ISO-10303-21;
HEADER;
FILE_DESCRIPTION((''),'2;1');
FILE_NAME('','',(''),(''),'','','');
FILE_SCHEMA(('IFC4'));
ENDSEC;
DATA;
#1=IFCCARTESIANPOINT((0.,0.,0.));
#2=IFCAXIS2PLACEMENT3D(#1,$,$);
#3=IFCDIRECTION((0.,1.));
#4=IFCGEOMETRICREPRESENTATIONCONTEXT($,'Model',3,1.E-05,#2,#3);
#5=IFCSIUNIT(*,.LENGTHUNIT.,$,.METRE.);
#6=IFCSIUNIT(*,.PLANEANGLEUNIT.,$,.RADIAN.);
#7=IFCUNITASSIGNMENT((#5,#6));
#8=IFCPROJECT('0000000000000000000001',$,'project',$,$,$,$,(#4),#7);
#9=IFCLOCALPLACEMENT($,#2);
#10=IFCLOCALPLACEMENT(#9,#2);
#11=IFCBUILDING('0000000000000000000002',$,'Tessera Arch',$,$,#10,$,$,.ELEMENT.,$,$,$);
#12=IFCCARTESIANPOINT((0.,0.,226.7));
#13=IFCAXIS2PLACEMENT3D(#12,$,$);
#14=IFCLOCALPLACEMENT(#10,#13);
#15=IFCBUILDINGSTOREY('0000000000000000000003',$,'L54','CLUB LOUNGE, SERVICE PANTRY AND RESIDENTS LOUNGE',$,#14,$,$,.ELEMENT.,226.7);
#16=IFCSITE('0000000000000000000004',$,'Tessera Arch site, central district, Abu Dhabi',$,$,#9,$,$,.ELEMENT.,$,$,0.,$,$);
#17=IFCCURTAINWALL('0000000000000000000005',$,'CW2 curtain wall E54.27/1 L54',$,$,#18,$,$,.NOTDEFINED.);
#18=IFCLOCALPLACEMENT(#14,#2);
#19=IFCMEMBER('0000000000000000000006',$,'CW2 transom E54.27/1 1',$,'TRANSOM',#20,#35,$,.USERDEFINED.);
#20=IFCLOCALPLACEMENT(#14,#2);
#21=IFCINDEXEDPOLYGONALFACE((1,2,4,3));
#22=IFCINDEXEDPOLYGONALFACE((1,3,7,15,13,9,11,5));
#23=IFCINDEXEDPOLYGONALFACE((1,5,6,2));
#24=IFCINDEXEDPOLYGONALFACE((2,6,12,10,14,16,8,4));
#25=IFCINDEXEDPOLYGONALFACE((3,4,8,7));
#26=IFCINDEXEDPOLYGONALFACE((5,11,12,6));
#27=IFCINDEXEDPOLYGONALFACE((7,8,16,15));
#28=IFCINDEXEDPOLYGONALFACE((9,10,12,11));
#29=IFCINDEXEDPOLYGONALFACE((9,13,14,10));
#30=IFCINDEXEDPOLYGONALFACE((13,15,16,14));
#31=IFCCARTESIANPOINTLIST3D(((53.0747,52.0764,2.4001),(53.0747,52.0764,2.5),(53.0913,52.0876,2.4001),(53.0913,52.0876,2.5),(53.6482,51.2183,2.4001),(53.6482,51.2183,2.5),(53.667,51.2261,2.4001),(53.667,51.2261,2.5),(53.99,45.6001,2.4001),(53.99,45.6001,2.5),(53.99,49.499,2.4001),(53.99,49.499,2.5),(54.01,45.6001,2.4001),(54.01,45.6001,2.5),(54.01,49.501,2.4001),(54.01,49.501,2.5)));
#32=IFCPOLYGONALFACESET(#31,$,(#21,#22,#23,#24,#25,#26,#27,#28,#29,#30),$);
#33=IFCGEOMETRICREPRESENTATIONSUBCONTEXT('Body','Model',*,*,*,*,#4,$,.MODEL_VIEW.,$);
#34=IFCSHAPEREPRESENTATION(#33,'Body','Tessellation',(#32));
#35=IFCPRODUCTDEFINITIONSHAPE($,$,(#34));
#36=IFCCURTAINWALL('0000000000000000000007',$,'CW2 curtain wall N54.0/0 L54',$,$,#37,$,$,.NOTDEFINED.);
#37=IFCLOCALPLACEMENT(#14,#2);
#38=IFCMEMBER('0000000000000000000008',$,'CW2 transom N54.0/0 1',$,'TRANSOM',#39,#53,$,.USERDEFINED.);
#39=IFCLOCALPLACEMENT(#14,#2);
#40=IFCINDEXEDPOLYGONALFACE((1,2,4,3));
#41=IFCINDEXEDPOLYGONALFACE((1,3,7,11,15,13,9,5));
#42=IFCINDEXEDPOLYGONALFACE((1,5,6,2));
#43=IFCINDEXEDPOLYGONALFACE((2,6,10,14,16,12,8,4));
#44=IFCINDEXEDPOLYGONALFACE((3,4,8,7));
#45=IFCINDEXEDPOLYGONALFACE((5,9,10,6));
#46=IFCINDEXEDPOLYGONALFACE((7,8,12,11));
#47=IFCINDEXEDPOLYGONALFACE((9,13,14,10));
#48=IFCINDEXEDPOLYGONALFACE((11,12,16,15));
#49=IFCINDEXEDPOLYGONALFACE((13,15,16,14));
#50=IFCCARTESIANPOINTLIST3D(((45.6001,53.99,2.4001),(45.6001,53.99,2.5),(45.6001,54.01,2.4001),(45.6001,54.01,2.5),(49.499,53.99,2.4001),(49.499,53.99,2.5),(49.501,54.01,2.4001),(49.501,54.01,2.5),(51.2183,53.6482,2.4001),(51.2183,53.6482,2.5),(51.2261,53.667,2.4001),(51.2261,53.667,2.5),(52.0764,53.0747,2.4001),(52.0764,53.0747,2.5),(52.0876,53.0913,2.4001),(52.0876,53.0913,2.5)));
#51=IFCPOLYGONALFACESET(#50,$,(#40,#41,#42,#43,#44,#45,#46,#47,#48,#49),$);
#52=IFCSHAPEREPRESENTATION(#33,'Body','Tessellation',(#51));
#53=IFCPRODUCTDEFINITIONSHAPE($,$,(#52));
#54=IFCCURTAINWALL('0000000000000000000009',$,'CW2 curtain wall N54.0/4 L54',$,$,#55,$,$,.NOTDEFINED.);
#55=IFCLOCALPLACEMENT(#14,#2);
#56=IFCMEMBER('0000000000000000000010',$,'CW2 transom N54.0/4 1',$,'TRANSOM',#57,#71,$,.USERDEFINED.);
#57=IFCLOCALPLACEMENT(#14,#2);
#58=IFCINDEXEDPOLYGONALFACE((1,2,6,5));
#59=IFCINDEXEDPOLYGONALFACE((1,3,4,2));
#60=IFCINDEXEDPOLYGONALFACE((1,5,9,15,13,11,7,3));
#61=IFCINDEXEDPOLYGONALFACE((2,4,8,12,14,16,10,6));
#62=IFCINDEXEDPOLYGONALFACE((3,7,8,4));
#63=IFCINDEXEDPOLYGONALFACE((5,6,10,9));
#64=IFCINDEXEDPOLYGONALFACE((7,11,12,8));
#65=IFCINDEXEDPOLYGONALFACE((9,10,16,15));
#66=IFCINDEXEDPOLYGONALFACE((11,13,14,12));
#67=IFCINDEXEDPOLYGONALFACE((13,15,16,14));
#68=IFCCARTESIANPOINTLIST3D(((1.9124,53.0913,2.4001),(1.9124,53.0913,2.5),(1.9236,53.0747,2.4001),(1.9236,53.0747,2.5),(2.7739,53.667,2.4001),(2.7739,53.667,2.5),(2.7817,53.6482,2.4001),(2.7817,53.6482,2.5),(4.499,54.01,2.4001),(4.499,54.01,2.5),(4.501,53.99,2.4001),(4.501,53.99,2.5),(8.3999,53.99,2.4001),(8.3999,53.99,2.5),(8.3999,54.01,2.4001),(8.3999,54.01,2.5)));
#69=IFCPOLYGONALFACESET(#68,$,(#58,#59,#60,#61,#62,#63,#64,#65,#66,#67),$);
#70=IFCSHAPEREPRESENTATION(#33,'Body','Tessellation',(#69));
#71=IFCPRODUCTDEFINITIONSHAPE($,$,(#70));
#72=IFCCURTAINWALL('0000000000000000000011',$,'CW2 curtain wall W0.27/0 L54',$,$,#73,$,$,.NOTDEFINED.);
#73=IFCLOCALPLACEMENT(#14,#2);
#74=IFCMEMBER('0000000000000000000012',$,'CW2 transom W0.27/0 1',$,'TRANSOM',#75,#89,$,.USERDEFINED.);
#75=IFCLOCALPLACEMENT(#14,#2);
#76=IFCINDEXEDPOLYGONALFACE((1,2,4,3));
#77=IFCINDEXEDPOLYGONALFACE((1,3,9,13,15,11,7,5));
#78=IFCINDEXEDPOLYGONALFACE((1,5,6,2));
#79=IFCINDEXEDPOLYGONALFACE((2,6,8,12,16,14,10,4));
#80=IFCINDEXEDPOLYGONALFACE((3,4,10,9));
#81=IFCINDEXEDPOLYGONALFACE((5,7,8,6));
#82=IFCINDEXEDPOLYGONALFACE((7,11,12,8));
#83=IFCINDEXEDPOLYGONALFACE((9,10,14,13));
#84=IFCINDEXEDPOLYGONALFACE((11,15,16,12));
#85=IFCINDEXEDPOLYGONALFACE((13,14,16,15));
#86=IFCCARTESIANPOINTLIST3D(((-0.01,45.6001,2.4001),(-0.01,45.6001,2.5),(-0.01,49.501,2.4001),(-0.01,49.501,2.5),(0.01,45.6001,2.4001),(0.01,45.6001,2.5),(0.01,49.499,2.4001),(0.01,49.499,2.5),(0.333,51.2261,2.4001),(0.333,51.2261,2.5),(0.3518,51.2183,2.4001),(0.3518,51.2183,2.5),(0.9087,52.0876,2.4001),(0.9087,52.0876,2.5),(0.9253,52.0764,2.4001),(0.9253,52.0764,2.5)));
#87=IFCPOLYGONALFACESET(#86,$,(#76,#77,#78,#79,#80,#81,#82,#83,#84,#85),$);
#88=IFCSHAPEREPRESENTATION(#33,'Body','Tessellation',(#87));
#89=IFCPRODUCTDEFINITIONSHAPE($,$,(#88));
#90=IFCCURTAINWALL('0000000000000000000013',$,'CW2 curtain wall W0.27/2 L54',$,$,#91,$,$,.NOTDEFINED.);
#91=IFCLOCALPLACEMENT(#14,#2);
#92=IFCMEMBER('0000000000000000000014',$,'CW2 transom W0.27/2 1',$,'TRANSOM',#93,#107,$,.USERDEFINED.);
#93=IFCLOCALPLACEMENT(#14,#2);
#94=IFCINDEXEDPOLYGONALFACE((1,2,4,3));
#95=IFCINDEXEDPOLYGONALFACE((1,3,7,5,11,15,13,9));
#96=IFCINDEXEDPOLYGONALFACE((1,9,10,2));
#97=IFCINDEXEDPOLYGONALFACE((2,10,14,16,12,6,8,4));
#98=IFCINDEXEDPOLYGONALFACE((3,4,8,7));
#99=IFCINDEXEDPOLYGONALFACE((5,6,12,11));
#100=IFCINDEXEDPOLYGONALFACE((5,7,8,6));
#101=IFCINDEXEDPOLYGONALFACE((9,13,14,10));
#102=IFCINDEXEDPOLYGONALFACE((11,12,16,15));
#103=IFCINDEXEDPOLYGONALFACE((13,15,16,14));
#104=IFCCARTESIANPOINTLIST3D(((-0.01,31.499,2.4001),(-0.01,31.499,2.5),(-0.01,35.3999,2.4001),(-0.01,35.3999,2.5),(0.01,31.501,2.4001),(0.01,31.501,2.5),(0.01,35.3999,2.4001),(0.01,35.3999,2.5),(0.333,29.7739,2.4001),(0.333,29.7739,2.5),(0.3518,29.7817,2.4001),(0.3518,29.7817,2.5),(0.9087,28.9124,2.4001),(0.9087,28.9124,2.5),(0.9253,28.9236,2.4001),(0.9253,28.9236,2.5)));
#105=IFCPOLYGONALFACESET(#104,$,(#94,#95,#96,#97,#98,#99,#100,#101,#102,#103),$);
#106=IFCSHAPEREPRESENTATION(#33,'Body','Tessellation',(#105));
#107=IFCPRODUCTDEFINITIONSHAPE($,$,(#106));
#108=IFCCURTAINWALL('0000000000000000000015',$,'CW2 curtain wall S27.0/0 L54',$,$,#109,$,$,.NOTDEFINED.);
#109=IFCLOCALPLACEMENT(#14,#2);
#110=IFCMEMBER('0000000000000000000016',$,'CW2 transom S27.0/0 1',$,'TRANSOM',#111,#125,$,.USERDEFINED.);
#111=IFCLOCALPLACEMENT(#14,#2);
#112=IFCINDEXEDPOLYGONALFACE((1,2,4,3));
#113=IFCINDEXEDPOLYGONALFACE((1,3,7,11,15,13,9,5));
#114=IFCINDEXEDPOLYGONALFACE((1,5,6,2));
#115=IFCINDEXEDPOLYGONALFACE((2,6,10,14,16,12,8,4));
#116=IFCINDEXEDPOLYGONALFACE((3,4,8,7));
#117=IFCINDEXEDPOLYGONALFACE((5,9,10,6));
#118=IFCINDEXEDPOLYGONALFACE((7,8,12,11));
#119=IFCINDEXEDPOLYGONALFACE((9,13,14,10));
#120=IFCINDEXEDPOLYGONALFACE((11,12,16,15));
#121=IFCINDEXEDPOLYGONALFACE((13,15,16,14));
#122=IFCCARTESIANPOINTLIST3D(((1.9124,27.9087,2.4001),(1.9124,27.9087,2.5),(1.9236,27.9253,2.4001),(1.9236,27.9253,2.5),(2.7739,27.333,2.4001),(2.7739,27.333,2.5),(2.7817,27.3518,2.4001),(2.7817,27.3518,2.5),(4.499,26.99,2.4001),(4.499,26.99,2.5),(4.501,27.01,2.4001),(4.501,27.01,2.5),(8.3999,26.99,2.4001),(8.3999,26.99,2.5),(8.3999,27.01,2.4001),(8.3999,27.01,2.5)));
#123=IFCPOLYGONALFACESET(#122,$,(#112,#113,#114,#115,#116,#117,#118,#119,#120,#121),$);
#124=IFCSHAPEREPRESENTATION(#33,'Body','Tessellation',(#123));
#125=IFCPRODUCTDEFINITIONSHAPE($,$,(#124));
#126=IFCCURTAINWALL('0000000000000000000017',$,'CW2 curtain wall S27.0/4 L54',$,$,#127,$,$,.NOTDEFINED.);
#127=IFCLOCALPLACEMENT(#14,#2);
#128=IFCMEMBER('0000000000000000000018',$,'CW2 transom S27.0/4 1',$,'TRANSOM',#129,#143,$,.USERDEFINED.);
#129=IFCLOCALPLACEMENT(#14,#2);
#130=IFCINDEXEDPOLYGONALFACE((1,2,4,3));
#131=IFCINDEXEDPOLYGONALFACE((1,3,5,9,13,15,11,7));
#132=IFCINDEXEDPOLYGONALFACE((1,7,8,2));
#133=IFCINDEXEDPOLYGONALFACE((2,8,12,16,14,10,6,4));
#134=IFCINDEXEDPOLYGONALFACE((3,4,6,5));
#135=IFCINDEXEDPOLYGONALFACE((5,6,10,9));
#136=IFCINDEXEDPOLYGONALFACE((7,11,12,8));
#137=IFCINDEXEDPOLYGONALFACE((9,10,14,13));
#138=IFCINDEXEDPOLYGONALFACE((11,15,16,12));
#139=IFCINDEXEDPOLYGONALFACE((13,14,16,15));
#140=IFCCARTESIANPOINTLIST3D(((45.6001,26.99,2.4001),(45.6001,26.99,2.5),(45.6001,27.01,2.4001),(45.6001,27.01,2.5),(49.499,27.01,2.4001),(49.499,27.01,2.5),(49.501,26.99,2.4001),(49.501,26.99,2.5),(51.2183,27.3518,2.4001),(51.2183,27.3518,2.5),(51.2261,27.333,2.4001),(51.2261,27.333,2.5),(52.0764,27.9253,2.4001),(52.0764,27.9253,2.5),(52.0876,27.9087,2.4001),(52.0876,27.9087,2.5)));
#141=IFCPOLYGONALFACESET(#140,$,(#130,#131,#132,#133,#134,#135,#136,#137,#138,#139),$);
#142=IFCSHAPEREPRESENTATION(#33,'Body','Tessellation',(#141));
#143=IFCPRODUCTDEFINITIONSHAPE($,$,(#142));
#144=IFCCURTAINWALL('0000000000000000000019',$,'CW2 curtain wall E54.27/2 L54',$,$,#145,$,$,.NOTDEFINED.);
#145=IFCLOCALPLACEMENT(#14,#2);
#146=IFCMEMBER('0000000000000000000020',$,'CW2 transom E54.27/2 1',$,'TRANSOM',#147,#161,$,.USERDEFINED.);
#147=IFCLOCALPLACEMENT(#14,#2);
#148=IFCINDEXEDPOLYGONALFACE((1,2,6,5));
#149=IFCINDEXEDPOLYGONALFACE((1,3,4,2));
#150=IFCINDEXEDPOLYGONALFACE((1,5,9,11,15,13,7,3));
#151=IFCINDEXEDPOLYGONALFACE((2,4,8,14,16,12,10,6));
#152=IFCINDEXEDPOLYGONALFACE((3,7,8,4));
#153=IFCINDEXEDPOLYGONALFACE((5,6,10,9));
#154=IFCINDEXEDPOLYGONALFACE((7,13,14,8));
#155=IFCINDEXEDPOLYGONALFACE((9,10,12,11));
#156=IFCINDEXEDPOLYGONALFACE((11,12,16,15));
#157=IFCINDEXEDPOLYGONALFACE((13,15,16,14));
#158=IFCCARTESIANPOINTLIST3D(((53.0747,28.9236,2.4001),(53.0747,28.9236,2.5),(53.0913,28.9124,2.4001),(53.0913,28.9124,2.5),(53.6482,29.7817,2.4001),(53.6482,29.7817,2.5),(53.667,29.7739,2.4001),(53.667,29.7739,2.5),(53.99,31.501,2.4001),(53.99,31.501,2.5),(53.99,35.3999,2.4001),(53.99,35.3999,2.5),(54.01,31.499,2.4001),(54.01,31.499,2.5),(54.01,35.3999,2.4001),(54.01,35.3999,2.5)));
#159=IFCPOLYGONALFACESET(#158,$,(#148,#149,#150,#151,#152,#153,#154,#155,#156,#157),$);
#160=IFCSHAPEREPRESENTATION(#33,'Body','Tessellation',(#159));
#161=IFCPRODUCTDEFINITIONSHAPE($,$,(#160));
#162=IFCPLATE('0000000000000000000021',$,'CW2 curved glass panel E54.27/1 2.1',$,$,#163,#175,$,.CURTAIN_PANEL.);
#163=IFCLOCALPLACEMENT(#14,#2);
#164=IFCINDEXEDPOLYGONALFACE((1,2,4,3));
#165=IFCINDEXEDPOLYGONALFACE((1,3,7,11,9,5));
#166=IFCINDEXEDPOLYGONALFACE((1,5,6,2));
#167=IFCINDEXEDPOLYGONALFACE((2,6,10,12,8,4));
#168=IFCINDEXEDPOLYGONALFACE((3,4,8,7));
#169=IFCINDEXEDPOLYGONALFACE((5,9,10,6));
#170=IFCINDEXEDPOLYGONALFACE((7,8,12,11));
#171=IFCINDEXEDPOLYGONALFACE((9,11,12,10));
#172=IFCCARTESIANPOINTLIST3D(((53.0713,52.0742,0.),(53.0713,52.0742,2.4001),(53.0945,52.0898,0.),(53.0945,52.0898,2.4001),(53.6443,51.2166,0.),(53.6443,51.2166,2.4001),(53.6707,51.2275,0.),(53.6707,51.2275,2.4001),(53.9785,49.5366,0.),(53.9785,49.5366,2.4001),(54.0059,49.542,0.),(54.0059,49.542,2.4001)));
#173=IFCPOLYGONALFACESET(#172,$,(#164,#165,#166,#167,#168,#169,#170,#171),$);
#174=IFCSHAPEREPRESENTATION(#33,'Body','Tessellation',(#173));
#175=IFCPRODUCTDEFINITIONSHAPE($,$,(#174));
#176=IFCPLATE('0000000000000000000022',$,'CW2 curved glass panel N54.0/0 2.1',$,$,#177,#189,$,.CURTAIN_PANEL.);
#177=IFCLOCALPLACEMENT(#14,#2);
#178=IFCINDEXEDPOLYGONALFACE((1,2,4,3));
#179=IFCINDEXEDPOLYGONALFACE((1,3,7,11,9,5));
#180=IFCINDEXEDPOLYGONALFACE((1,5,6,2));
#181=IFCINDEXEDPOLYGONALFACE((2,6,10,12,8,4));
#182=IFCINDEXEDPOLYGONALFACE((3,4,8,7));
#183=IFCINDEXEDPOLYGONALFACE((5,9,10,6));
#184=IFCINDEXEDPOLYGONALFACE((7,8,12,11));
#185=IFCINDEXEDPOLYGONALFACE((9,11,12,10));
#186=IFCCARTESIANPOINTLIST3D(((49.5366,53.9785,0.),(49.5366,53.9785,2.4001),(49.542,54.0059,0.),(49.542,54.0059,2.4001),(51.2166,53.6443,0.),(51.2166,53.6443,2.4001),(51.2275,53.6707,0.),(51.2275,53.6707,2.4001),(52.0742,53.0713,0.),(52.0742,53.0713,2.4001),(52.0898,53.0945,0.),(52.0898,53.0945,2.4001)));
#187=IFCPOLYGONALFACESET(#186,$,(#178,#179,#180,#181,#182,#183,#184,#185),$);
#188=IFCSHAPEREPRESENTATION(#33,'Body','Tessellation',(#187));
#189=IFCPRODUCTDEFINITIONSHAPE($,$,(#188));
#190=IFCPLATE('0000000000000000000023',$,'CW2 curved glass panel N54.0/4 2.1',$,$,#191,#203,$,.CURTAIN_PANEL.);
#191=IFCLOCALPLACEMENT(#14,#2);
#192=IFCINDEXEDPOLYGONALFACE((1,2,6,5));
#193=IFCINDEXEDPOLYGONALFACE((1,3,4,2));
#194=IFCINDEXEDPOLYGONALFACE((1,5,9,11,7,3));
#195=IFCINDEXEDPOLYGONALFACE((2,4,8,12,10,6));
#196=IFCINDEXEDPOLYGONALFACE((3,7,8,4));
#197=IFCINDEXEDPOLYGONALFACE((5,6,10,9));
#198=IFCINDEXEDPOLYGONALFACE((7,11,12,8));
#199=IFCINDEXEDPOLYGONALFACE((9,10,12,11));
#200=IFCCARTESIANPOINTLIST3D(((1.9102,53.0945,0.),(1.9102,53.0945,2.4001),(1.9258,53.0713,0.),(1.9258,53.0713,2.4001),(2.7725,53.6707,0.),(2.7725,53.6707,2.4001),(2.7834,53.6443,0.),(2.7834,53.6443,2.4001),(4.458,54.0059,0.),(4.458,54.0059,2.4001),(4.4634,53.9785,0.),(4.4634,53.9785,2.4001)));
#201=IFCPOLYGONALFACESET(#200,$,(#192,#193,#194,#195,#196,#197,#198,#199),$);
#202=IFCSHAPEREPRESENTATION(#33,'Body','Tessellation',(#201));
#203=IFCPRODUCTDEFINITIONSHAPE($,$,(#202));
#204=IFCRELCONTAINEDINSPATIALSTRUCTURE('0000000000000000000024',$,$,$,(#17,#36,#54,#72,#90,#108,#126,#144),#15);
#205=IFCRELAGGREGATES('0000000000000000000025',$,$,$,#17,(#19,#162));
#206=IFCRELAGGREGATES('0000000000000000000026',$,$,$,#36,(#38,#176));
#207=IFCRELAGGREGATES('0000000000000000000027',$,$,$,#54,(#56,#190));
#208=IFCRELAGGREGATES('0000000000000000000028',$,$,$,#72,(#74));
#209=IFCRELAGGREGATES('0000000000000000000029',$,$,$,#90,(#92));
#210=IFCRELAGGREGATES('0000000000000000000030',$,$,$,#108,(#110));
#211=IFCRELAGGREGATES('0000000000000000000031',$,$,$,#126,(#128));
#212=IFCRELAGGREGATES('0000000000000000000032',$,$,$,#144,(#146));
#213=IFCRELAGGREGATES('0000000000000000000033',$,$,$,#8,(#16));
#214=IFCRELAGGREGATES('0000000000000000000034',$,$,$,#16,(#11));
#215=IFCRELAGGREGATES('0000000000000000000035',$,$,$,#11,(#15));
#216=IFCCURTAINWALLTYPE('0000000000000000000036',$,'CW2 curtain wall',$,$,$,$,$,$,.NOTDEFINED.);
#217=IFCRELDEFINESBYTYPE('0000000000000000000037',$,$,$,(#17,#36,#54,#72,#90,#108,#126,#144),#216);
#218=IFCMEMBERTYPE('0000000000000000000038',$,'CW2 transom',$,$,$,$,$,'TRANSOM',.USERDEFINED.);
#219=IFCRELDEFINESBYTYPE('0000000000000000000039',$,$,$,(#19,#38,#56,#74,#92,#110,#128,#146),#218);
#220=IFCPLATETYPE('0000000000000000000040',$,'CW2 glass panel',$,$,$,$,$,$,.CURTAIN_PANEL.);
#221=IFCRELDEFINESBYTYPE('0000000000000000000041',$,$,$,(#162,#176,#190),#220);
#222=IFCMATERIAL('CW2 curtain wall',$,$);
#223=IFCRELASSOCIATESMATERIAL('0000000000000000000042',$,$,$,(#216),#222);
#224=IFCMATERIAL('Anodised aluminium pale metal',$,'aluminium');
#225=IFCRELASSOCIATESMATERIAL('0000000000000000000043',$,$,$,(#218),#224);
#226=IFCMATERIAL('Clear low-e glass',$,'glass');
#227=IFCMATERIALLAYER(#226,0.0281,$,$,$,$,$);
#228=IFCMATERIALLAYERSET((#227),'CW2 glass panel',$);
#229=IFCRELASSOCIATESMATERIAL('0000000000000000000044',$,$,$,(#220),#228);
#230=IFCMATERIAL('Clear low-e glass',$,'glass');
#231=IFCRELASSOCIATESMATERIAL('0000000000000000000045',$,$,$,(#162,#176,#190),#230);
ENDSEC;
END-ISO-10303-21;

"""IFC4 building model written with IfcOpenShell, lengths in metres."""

from ifc_helpers import new_model, si_unit, direction, frame, origin, origin_2d, place, context, subcontext, project, spatial, polyline, rectangle, outline, extrude, material, layer, layer_set, material_profile, profile_set, type_object, element, aggregate, save


model = new_model("IFC4")

# Units and contexts
model_context = context("Model", 3, precision=1e-05, world=origin(), true_north=direction((0.0, 1.0)))
body_context = subcontext(model_context, "Body", "Model", "MODEL_VIEW")
ifc_project = project(units=[si_unit("LENGTHUNIT", "METRE"), si_unit("PLANEANGLEUNIT", "RADIAN")], contexts=[model_context])

# Site, building, storey
site_placement = place(None, origin())
site = spatial("IfcSite", under=ifc_project, at=site_placement, Name="Tessera Arch site, central district, Abu Dhabi", CompositionType="ELEMENT", RefElevation=0.0)
building_placement = place(site_placement, origin())
building = spatial("IfcBuilding", under=site, at=building_placement, Name="Tessera Arch", CompositionType="ELEMENT")
storey_placement = place(building_placement, frame((0.0, 0.0, 226.7)))
storey = spatial("IfcBuildingStorey", under=building, at=storey_placement, Name="L54", Description="CLUB LOUNGE, SERVICE PANTRY AND RESIDENTS LOUNGE", CompositionType="ELEMENT", Elevation=226.7)

# Curtain walls, members
ifc_material_1 = material(Name="CW2 curtain wall")
curtain_wall_type = type_object("IfcCurtainWallType", Name="CW2 curtain wall", PredefinedType="NOTDEFINED", material=ifc_material_1)
curtain_wall_1_placement = place(storey_placement, origin())
curtain_wall_1 = element("IfcCurtainWall", 1, at=curtain_wall_1_placement, inside=storey, type_object=curtain_wall_type, Name="CW2 curtain wall E54.27/1 L54", PredefinedType="NOTDEFINED")
ifc_material_2 = material(Name="Anodised aluminium pale metal", Category="aluminium")
ifc_material_profile = material_profile(ifc_material_2, rectangle(XDim=0.2, YDim=0.1001, at=origin_2d()), Name="AL 200x100")
ifc_profile_set = profile_set([ifc_material_profile], Name="Anodised aluminium pale metal")
member_type = type_object("IfcMemberType", Name="CW2 transom", ElementType="TRANSOM", PredefinedType="USERDEFINED", material=ifc_profile_set)
member_1_placement = place(storey_placement, frame((0.0, 0.0, 2.4001)))
member_1 = element("IfcMember", 2, at=member_1_placement, type_object=member_type, Name="CW2 transom E54.27/1 1", ObjectType="TRANSOM", PredefinedType="USERDEFINED", context=body_context, shape_type="SweptSolid", body=[
    extrude(outline(polyline([(53.99, 49.499), (53.99, 45.6001), (54.01, 45.6001), (54.01, 49.501), (53.667, 51.2261), (53.0913, 52.0876), (53.0747, 52.0764), (53.6482, 51.2183), (53.99, 49.499)])), origin(), (0.0, 0.0, 1.0), 0.0999),
])
curtain_wall_2_placement = place(storey_placement, origin())
curtain_wall_2 = element("IfcCurtainWall", 3, at=curtain_wall_2_placement, inside=storey, type_object=curtain_wall_type, Name="CW2 curtain wall N54.0/0 L54", PredefinedType="NOTDEFINED")
member_2_placement = place(storey_placement, frame((0.0, 0.0, 2.4001)))
member_2 = element("IfcMember", 4, at=member_2_placement, type_object=member_type, Name="CW2 transom N54.0/0 1", ObjectType="TRANSOM", PredefinedType="USERDEFINED", context=body_context, shape_type="SweptSolid", body=[
    extrude(outline(polyline([(51.2183, 53.6482), (52.0764, 53.0747), (52.0876, 53.0913), (51.2261, 53.667), (49.501, 54.01), (45.6001, 54.01), (45.6001, 53.99), (49.499, 53.99), (51.2183, 53.6482)])), origin(), (0.0, 0.0, 1.0), 0.0999),
])
curtain_wall_3_placement = place(storey_placement, origin())
curtain_wall_3 = element("IfcCurtainWall", 5, at=curtain_wall_3_placement, inside=storey, type_object=curtain_wall_type, Name="CW2 curtain wall N54.0/4 L54", PredefinedType="NOTDEFINED")
member_3_placement = place(storey_placement, frame((0.0, 0.0, 2.4001)))
member_3 = element("IfcMember", 6, at=member_3_placement, type_object=member_type, Name="CW2 transom N54.0/4 1", ObjectType="TRANSOM", PredefinedType="USERDEFINED", context=body_context, shape_type="SweptSolid", body=[
    extrude(outline(polyline([(4.501, 53.99), (8.3999, 53.99), (8.3999, 54.01), (4.499, 54.01), (2.7739, 53.667), (1.9124, 53.0913), (1.9236, 53.0747), (2.7817, 53.6482), (4.501, 53.99)])), origin(), (0.0, 0.0, 1.0), 0.0999),
])
curtain_wall_4_placement = place(storey_placement, origin())
curtain_wall_4 = element("IfcCurtainWall", 7, at=curtain_wall_4_placement, inside=storey, type_object=curtain_wall_type, Name="CW2 curtain wall W0.27/0 L54", PredefinedType="NOTDEFINED")
member_4_placement = place(storey_placement, frame((0.0, 0.0, 2.4001)))
member_4 = element("IfcMember", 8, at=member_4_placement, type_object=member_type, Name="CW2 transom W0.27/0 1", ObjectType="TRANSOM", PredefinedType="USERDEFINED", context=body_context, shape_type="SweptSolid", body=[
    extrude(outline(polyline([(0.3518, 51.2183), (0.9253, 52.0764), (0.9087, 52.0876), (0.333, 51.2261), (-0.01, 49.501), (-0.01, 45.6001), (0.01, 45.6001), (0.01, 49.499), (0.3518, 51.2183)])), origin(), (0.0, 0.0, 1.0), 0.0999),
])
curtain_wall_5_placement = place(storey_placement, origin())
curtain_wall_5 = element("IfcCurtainWall", 9, at=curtain_wall_5_placement, inside=storey, type_object=curtain_wall_type, Name="CW2 curtain wall W0.27/2 L54", PredefinedType="NOTDEFINED")
member_5_placement = place(storey_placement, frame((0.0, 0.0, 2.4001)))
member_5 = element("IfcMember", 10, at=member_5_placement, type_object=member_type, Name="CW2 transom W0.27/2 1", ObjectType="TRANSOM", PredefinedType="USERDEFINED", context=body_context, shape_type="SweptSolid", body=[
    extrude(outline(polyline([(0.01, 31.501), (0.01, 35.3999), (-0.01, 35.3999), (-0.01, 31.499), (0.333, 29.7739), (0.9087, 28.9124), (0.9253, 28.9236), (0.3518, 29.7817), (0.01, 31.501)])), origin(), (0.0, 0.0, 1.0), 0.0999),
])
curtain_wall_6_placement = place(storey_placement, origin())
curtain_wall_6 = element("IfcCurtainWall", 11, at=curtain_wall_6_placement, inside=storey, type_object=curtain_wall_type, Name="CW2 curtain wall S27.0/0 L54", PredefinedType="NOTDEFINED")
member_6_placement = place(storey_placement, frame((0.0, 0.0, 2.4001)))
member_6 = element("IfcMember", 12, at=member_6_placement, type_object=member_type, Name="CW2 transom S27.0/0 1", ObjectType="TRANSOM", PredefinedType="USERDEFINED", context=body_context, shape_type="SweptSolid", body=[
    extrude(outline(polyline([(2.7817, 27.3518), (1.9236, 27.9253), (1.9124, 27.9087), (2.7739, 27.333), (4.499, 26.99), (8.3999, 26.99), (8.3999, 27.01), (4.501, 27.01), (2.7817, 27.3518)])), origin(), (0.0, 0.0, 1.0), 0.0999),
])
curtain_wall_7_placement = place(storey_placement, origin())
curtain_wall_7 = element("IfcCurtainWall", 13, at=curtain_wall_7_placement, inside=storey, type_object=curtain_wall_type, Name="CW2 curtain wall S27.0/4 L54", PredefinedType="NOTDEFINED")
member_7_placement = place(storey_placement, frame((0.0, 0.0, 2.4001)))
member_7 = element("IfcMember", 14, at=member_7_placement, type_object=member_type, Name="CW2 transom S27.0/4 1", ObjectType="TRANSOM", PredefinedType="USERDEFINED", context=body_context, shape_type="SweptSolid", body=[
    extrude(outline(polyline([(49.499, 27.01), (45.6001, 27.01), (45.6001, 26.99), (49.501, 26.99), (51.2261, 27.333), (52.0876, 27.9087), (52.0764, 27.9253), (51.2183, 27.3518), (49.499, 27.01)])), origin(), (0.0, 0.0, 1.0), 0.0999),
])
curtain_wall_8_placement = place(storey_placement, origin())
curtain_wall_8 = element("IfcCurtainWall", 15, at=curtain_wall_8_placement, inside=storey, type_object=curtain_wall_type, Name="CW2 curtain wall E54.27/2 L54", PredefinedType="NOTDEFINED")
member_8_placement = place(storey_placement, frame((0.0, 0.0, 2.4001)))
member_8 = element("IfcMember", 16, at=member_8_placement, type_object=member_type, Name="CW2 transom E54.27/2 1", ObjectType="TRANSOM", PredefinedType="USERDEFINED", context=body_context, shape_type="SweptSolid", body=[
    extrude(outline(polyline([(53.6482, 29.7817), (53.0747, 28.9236), (53.0913, 28.9124), (53.667, 29.7739), (54.01, 31.499), (54.01, 35.3999), (53.99, 35.3999), (53.99, 31.501), (53.6482, 29.7817)])), origin(), (0.0, 0.0, 1.0), 0.0999),
])

# Plates
ifc_material_3 = material(Name="Clear low-e glass", Category="glass")
ifc_material_4 = material(Name="Clear low-e glass", Category="glass")
ifc_layer_1 = layer(ifc_material_4, 0.0281)
ifc_layer_set_1 = layer_set([ifc_layer_1], Name="CW2 glass panel")
plate_type_1 = type_object("IfcPlateType", Name="CW2 glass panel", PredefinedType="CURTAIN_PANEL", material=ifc_layer_set_1)
plate_1_placement = place(storey_placement, origin())
plate_1 = element("IfcPlate", 17, at=plate_1_placement, type_object=plate_type_1, material=ifc_material_3, Name="CW2 curved glass panel E54.27/1 2.1", PredefinedType="CURTAIN_PANEL", context=body_context, shape_type="SweptSolid", body=[
    extrude(outline(polyline([(53.6443, 51.2166), (53.9785, 49.5366), (54.0059, 49.542), (53.6707, 51.2275), (53.0945, 52.0898), (53.0713, 52.0742), (53.6443, 51.2166)])), origin(), (0.0, 0.0, 1.0), 2.4001),
])
plate_2_placement = place(storey_placement, origin())
plate_2 = element("IfcPlate", 18, at=plate_2_placement, type_object=plate_type_1, material=ifc_material_3, Name="CW2 curved glass panel N54.0/0 2.1", PredefinedType="CURTAIN_PANEL", context=body_context, shape_type="SweptSolid", body=[
    extrude(outline(polyline([(51.2166, 53.6443), (52.0742, 53.0713), (52.0898, 53.0945), (51.2275, 53.6707), (49.542, 54.0059), (49.5366, 53.9785), (51.2166, 53.6443)])), origin(), (0.0, 0.0, 1.0), 2.4001),
])
plate_3_placement = place(storey_placement, origin())
plate_3 = element("IfcPlate", 19, at=plate_3_placement, type_object=plate_type_1, material=ifc_material_3, Name="CW2 curved glass panel N54.0/4 2.1", PredefinedType="CURTAIN_PANEL", context=body_context, shape_type="SweptSolid", body=[
    extrude(outline(polyline([(2.7834, 53.6443), (4.4634, 53.9785), (4.458, 54.0059), (2.7725, 53.6707), (1.9102, 53.0945), (1.9258, 53.0713), (2.7834, 53.6443)])), origin(), (0.0, 0.0, 1.0), 2.4001),
])
aggregate(curtain_wall_1, [member_1, plate_1])
aggregate(curtain_wall_2, [member_2, plate_2])
aggregate(curtain_wall_3, [member_3, plate_3])
aggregate(curtain_wall_4, [member_4])
aggregate(curtain_wall_5, [member_5])
aggregate(curtain_wall_6, [member_6])
aggregate(curtain_wall_7, [member_7])
aggregate(curtain_wall_8, [member_8])

save(model, "model.ifc")
